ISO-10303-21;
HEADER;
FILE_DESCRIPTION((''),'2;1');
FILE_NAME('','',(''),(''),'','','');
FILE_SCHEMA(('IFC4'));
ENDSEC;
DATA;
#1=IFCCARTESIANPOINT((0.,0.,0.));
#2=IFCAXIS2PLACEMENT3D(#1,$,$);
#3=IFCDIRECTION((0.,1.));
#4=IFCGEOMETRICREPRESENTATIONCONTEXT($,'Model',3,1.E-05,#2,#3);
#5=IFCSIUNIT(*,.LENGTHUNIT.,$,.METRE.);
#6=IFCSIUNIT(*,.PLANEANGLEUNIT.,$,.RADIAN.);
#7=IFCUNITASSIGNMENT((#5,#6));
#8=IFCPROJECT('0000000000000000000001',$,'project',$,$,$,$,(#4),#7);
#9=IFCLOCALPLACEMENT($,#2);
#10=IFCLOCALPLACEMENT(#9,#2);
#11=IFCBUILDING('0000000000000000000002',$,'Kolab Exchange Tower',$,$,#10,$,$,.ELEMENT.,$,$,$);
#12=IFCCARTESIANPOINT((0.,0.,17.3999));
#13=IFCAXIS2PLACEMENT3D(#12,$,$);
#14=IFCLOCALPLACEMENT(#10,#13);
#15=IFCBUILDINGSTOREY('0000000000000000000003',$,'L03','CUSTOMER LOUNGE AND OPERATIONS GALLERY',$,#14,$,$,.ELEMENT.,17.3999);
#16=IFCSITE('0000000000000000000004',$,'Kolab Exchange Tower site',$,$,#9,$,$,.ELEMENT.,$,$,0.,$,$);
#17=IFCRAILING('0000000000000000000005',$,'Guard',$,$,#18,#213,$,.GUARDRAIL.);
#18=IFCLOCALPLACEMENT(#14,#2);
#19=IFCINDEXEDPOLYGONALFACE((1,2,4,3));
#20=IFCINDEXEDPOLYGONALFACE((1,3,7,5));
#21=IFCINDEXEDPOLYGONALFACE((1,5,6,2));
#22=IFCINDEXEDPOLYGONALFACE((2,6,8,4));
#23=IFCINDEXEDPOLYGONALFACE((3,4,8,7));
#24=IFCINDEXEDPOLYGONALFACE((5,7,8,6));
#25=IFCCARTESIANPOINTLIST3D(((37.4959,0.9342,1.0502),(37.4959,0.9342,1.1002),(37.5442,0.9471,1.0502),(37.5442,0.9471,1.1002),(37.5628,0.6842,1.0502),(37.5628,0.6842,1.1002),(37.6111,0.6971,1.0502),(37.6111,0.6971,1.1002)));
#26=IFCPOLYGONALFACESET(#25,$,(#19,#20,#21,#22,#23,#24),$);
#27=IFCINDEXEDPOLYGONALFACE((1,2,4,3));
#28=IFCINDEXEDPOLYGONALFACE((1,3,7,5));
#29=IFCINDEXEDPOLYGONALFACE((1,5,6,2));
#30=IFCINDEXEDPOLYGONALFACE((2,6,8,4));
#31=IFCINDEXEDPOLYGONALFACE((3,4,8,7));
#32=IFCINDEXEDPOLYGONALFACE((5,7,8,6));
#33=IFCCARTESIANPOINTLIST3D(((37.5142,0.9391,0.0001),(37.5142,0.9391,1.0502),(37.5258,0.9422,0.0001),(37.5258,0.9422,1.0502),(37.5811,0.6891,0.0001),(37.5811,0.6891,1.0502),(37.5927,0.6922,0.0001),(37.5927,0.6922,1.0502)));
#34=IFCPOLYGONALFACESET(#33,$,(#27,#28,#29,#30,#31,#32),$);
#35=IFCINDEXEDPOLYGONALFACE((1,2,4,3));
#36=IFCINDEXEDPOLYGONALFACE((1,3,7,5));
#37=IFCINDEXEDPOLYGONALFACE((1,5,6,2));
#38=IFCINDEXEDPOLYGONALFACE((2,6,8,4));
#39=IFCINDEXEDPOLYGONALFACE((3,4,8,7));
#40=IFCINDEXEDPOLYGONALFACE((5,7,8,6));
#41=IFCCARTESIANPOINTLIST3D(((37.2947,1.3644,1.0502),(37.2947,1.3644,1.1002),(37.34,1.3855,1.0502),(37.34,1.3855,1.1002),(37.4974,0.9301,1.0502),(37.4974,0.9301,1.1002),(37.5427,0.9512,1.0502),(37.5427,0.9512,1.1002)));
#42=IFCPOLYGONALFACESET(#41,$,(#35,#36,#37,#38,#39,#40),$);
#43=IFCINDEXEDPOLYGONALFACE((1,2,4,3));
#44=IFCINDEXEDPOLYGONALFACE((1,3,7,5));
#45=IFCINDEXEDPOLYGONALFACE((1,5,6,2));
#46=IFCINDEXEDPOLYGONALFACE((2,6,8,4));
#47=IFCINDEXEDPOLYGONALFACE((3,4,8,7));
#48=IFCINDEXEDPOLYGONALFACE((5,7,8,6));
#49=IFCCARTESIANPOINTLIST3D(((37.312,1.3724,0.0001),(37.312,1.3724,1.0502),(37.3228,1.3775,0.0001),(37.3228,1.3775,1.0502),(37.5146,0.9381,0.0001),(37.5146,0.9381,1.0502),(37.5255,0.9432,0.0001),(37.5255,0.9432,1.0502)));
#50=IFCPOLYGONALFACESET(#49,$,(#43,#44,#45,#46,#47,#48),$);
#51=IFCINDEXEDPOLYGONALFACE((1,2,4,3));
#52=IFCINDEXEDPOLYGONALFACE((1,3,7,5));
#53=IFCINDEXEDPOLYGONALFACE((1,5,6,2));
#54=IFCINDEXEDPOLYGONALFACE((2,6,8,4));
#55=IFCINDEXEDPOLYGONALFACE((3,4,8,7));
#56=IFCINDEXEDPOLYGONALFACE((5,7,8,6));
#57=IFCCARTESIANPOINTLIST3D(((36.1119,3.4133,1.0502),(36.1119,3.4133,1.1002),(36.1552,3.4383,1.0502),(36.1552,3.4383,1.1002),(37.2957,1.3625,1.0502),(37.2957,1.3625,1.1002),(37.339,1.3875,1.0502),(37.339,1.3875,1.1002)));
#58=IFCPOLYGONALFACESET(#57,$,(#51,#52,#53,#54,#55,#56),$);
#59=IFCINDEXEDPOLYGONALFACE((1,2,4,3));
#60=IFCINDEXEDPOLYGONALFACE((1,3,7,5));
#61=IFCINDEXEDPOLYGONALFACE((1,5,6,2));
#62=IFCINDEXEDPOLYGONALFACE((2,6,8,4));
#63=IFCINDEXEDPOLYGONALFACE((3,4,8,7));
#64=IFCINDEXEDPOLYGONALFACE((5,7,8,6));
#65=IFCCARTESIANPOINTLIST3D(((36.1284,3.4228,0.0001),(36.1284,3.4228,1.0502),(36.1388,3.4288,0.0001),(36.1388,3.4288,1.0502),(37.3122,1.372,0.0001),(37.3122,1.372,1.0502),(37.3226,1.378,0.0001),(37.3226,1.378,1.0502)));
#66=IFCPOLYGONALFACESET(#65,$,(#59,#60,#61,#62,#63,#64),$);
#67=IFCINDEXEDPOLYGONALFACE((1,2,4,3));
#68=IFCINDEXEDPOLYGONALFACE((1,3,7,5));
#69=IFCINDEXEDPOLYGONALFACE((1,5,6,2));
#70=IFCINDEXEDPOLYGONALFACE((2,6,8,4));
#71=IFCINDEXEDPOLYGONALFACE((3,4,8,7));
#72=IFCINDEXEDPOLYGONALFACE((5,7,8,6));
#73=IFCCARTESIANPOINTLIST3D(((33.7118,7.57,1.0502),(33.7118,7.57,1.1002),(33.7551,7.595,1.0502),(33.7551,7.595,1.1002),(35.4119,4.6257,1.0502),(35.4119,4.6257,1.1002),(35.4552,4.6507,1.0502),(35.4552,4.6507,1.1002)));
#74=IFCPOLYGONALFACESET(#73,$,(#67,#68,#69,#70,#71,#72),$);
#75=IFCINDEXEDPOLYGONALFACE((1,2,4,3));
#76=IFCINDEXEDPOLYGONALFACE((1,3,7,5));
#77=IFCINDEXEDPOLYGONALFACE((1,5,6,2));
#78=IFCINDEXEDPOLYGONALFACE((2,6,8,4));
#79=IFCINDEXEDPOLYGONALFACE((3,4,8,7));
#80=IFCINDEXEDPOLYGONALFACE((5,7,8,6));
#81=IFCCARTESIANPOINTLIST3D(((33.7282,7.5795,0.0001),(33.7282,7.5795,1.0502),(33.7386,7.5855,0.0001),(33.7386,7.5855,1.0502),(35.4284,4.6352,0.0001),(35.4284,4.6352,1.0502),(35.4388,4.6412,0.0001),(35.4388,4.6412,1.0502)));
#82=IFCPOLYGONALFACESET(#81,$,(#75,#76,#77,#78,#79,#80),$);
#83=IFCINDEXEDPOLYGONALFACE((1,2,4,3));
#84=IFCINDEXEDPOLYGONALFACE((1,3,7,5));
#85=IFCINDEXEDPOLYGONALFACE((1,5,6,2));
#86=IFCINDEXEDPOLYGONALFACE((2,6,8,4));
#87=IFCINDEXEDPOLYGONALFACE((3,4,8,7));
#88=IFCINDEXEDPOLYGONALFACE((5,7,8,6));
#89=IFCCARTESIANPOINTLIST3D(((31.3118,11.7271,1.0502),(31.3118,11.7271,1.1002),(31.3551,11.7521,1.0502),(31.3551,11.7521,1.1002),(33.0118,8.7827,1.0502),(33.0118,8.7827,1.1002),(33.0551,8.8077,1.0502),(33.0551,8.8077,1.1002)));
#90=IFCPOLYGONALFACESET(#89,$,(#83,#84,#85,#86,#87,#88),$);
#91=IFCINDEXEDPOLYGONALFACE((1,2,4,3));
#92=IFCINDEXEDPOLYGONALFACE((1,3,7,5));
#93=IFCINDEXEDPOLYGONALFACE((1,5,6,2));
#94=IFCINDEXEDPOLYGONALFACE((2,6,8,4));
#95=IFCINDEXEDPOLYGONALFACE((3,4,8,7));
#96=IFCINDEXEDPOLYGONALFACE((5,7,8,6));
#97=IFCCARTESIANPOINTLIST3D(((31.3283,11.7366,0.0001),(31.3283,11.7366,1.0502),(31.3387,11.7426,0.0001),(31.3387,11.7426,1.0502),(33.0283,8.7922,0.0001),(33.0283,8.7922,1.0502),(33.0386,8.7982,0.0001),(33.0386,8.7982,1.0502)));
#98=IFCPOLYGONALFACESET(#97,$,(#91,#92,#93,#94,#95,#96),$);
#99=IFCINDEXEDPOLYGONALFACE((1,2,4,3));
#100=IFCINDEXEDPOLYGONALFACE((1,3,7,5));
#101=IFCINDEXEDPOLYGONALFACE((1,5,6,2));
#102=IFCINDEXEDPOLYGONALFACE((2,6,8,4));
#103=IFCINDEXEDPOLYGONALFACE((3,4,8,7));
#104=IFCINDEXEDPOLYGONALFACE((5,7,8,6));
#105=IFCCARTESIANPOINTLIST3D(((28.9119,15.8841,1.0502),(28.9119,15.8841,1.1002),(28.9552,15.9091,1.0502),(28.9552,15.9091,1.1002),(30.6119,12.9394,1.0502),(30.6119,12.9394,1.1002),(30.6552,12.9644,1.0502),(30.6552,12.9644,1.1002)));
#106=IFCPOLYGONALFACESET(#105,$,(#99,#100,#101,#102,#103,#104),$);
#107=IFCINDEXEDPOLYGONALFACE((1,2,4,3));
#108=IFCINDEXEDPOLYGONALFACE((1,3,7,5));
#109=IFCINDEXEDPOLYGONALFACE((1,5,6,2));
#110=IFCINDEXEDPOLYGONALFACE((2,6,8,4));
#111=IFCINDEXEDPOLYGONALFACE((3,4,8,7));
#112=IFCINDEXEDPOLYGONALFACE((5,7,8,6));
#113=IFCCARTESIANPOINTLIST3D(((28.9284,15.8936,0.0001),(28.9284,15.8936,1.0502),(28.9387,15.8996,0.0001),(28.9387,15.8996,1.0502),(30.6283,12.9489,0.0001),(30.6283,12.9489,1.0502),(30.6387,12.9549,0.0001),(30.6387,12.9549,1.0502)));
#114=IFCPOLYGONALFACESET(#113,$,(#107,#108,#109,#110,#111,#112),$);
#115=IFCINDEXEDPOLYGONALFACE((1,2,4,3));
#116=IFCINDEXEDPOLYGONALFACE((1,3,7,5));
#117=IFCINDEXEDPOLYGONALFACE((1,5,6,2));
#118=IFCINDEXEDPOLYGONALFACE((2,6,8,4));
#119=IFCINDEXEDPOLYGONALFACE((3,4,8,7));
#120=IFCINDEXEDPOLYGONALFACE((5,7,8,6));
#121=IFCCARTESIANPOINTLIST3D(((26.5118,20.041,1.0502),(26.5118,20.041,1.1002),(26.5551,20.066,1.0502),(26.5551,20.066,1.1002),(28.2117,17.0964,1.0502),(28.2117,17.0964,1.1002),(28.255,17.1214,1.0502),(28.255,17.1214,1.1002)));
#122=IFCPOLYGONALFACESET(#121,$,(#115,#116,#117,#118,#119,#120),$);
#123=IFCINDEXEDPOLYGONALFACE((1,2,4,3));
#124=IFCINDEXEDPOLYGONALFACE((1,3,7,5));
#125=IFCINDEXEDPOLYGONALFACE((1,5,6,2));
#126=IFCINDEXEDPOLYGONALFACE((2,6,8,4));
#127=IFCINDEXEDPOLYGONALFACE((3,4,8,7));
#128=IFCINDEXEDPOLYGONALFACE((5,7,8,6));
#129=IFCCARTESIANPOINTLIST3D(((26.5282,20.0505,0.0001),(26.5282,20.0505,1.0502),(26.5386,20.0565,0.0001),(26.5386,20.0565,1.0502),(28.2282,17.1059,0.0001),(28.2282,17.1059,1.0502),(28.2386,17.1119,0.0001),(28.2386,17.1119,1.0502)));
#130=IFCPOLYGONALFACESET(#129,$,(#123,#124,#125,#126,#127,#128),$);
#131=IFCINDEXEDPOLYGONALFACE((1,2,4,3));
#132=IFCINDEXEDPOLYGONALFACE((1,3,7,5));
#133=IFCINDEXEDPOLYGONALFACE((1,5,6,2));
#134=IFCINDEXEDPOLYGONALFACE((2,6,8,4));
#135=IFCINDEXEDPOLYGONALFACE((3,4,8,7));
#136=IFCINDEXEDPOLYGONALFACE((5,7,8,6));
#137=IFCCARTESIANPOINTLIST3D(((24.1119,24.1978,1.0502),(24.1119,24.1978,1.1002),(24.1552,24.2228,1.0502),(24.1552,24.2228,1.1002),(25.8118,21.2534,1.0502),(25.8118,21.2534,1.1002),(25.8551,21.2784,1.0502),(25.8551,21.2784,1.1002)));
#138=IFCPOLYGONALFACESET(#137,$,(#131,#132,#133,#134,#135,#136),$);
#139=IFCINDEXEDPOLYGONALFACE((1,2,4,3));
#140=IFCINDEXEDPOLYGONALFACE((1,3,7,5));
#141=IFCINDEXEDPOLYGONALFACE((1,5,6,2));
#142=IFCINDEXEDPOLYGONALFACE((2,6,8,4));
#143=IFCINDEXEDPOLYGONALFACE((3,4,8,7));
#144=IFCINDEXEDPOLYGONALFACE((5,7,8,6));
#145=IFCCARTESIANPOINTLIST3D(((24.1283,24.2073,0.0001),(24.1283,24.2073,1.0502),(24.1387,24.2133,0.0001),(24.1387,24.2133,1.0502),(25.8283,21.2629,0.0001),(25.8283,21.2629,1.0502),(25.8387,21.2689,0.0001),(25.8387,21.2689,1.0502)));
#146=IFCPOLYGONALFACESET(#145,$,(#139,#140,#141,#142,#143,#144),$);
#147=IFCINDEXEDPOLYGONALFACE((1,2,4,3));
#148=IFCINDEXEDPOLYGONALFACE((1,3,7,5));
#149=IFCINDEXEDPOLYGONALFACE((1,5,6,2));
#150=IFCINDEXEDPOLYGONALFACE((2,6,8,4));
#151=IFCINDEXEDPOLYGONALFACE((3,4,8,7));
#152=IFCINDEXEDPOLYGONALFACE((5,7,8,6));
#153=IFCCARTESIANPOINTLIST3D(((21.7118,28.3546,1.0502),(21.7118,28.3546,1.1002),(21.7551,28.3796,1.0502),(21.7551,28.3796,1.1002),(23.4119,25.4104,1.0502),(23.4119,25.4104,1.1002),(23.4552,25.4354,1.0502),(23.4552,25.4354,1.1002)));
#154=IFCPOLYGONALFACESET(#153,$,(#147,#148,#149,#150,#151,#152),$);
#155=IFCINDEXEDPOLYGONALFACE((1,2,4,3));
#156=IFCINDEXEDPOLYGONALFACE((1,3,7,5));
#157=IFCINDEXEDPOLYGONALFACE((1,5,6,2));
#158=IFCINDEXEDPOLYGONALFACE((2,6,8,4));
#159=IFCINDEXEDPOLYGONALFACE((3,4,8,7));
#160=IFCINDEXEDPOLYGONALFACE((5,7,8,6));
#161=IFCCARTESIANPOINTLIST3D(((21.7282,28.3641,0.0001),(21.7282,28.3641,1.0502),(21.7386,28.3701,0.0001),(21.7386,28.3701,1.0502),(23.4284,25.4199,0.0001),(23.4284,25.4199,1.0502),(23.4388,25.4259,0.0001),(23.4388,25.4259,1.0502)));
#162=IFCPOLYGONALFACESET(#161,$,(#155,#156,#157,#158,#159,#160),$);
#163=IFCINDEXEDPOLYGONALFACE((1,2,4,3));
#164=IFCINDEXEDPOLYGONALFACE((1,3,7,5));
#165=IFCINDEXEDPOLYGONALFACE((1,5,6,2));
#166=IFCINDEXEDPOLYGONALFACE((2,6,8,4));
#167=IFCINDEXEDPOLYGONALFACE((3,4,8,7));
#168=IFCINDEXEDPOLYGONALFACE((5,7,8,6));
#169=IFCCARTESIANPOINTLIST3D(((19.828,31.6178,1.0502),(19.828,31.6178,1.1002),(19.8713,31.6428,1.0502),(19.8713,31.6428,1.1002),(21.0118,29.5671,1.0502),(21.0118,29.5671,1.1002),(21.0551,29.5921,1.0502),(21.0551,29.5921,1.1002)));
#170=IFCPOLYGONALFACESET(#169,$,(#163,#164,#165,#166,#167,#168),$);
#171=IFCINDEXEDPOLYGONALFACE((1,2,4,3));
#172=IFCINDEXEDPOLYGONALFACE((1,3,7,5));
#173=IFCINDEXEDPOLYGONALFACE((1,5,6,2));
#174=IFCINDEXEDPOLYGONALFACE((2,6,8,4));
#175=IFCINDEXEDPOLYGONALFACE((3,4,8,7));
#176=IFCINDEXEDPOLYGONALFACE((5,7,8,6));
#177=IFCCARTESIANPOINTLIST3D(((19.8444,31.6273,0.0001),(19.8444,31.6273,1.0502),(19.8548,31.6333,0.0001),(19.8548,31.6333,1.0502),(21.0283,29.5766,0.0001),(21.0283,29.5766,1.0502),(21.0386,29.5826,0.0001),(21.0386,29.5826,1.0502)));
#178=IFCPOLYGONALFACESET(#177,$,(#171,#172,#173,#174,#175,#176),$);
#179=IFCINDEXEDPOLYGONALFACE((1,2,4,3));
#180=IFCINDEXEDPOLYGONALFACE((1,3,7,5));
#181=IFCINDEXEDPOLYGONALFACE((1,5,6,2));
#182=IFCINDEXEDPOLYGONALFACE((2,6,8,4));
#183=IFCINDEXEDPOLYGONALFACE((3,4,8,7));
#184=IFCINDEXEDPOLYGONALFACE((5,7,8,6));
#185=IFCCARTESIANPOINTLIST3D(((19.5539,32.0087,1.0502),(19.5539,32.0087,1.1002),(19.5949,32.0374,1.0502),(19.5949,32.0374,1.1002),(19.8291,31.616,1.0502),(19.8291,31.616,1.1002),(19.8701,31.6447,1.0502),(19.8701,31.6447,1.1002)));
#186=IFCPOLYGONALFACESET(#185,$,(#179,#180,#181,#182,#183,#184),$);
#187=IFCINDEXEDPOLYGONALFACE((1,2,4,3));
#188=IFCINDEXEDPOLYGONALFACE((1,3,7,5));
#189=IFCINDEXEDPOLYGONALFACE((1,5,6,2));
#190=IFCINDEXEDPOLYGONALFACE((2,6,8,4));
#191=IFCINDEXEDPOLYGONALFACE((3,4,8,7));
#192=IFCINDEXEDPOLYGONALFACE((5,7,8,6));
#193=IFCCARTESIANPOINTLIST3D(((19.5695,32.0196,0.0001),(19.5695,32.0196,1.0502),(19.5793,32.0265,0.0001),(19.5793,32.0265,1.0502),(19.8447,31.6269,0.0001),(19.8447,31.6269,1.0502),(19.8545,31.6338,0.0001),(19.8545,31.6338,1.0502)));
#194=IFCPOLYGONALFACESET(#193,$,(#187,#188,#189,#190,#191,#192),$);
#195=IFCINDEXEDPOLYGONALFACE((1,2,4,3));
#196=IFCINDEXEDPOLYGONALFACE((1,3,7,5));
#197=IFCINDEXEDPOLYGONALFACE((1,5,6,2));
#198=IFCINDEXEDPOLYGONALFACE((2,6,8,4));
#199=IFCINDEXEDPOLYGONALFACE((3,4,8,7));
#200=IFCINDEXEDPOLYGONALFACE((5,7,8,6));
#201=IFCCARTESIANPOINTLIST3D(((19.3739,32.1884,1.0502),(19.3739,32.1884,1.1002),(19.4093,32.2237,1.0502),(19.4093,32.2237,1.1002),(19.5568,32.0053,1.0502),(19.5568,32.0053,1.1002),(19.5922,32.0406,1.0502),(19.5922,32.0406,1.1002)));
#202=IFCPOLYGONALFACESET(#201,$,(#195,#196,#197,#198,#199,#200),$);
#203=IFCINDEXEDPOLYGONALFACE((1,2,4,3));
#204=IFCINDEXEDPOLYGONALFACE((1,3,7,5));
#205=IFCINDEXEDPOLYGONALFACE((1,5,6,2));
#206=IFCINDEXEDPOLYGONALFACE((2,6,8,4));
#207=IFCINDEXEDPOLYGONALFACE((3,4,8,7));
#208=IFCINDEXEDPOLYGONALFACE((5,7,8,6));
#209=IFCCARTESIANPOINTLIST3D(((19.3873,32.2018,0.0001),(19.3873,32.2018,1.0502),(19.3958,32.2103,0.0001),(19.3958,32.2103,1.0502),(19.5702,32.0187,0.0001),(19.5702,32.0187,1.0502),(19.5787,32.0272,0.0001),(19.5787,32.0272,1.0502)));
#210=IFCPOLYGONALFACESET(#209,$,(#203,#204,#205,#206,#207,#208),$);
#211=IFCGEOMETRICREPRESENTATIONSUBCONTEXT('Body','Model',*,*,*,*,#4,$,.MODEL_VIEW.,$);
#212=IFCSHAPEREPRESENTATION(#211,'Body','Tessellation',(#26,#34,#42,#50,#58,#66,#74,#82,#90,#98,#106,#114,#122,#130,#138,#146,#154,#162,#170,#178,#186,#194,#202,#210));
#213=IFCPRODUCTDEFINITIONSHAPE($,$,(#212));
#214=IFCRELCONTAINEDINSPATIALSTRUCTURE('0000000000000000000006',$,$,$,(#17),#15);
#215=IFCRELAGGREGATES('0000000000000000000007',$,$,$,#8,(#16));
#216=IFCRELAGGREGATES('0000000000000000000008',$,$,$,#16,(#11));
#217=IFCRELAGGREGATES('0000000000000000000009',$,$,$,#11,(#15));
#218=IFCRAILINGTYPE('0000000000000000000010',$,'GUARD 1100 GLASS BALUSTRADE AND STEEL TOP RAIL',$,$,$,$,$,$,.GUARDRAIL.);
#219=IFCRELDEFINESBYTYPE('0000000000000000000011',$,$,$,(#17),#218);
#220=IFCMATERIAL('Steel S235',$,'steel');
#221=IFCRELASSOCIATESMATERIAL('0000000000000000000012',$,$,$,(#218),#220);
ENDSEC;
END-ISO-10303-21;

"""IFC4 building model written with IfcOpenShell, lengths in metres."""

from ifc_helpers import new_model, si_unit, direction, frame, frame_2d, origin, origin_2d, place, context, subcontext, project, spatial, rectangle, extrude, material, type_object, element, save


model = new_model("IFC4")

# Units and contexts
model_context = context("Model", 3, precision=1e-05, world=origin(), true_north=direction((0.0, 1.0)))
body_context = subcontext(model_context, "Body", "Model", "MODEL_VIEW")
ifc_project = project(units=[si_unit("LENGTHUNIT", "METRE"), si_unit("PLANEANGLEUNIT", "RADIAN")], contexts=[model_context])

# Site, building, storey
site_placement = place(None, origin())
site = spatial("IfcSite", under=ifc_project, at=site_placement, Name="Kolab Exchange Tower site", CompositionType="ELEMENT", RefElevation=0.0)
building_placement = place(site_placement, origin())
building = spatial("IfcBuilding", under=site, at=building_placement, Name="Kolab Exchange Tower", CompositionType="ELEMENT")
storey_placement = place(building_placement, frame((0.0, 0.0, 17.3999)))
storey = spatial("IfcBuildingStorey", under=building, at=storey_placement, Name="L03", Description="CUSTOMER LOUNGE AND OPERATIONS GALLERY", CompositionType="ELEMENT", Elevation=17.3999)

# Railing
ifc_material_1 = material(Name="Steel S235", Category="steel")
railing_type_1 = type_object("IfcRailingType", Name="GUARD 1100 GLASS BALUSTRADE AND STEEL TOP RAIL", PredefinedType="GUARDRAIL", material=ifc_material_1)
railing_1_placement = place(storey_placement, frame((37.5869, 0.6907, 0.0)))
element("IfcRailing", 1, at=railing_1_placement, inside=storey, type_object=railing_type_1, Name="Guard", PredefinedType="GUARDRAIL", context=body_context, shape_type="SweptSolid", body=[
    extrude(rectangle(XDim=0.05, YDim=0.05, at=origin_2d()), frame((0.0, 0.0, 1.0752), z_axis=(-0.258485, 0.966015, 0.0), x_axis=(-0.966015, -0.258485, 0.0)), (0.0, 0.0, 1.0), 0.2588),
    extrude(rectangle(XDim=0.012, YDim=1.0501, at=frame_2d((0.0, 0.5251))), frame((0.0, 0.0, 0.0), z_axis=(-0.258485, 0.966015, 0.0), x_axis=(-0.966015, -0.258485, 0.0)), (0.0, 0.0, 1.0), 0.2588),
    extrude(rectangle(XDim=0.05, YDim=0.05, at=origin_2d()), frame((-0.0669, 0.25, 1.0752), z_axis=(-0.422802, 0.906222, 0.0), x_axis=(-0.906222, -0.422802, 0.0)), (0.0, 0.0, 1.0), 0.4792),
    extrude(rectangle(XDim=0.012, YDim=1.0501, at=frame_2d((0.0, 0.5251))), frame((-0.0669, 0.25, 0.0), z_axis=(-0.422802, 0.906222, 0.0), x_axis=(-0.906222, -0.422802, 0.0)), (0.0, 0.0, 1.0), 0.4792),
    extrude(rectangle(XDim=0.05, YDim=0.05, at=origin_2d()), frame((-0.2695, 0.6843, 1.0752), z_axis=(-0.499943, 0.866059, 0.0), x_axis=(-0.866059, -0.499943, 0.0)), (0.0, 0.0, 1.0), 2.3679),
    extrude(rectangle(XDim=0.012, YDim=1.0501, at=frame_2d((0.0, 0.5251))), frame((-0.2695, 0.6843, 0.0), z_axis=(-0.499943, 0.866059, 0.0), x_axis=(-0.866059, -0.499943, 0.0)), (0.0, 0.0, 1.0), 2.3679),
    extrude(rectangle(XDim=0.05, YDim=0.05, at=origin_2d()), frame((-2.1533, 3.9475, 1.0752), z_axis=(-0.500062, 0.865989, 0.0), x_axis=(-0.865989, -0.500062, 0.0)), (0.0, 0.0, 1.0), 3.3999),
    extrude(rectangle(XDim=0.012, YDim=1.0501, at=frame_2d((0.0, 0.5251))), frame((-2.1533, 3.9475, 0.0), z_axis=(-0.500062, 0.865989, 0.0), x_axis=(-0.865989, -0.500062, 0.0)), (0.0, 0.0, 1.0), 3.3999),
    extrude(rectangle(XDim=0.05, YDim=0.05, at=origin_2d()), frame((-4.5535, 8.1045, 1.0752), z_axis=(-0.500008, 0.866021, 0.0), x_axis=(-0.866021, -0.500008, 0.0)), (0.0, 0.0, 1.0), 3.3999),
    extrude(rectangle(XDim=0.012, YDim=1.0501, at=frame_2d((0.0, 0.5251))), frame((-4.5535, 8.1045, 0.0), z_axis=(-0.500008, 0.866021, 0.0), x_axis=(-0.866021, -0.500008, 0.0)), (0.0, 0.0, 1.0), 3.3999),
    extrude(rectangle(XDim=0.05, YDim=0.05, at=origin_2d()), frame((-6.9534, 12.2612, 1.0752), z_axis=(-0.499977, 0.866039, 0.0), x_axis=(-0.866039, -0.499977, 0.0)), (0.0, 0.0, 1.0), 3.4001),
    extrude(rectangle(XDim=0.012, YDim=1.0501, at=frame_2d((0.0, 0.5251))), frame((-6.9534, 12.2612, 0.0), z_axis=(-0.499977, 0.866039, 0.0), x_axis=(-0.866039, -0.499977, 0.0)), (0.0, 0.0, 1.0), 3.4001),
    extrude(rectangle(XDim=0.05, YDim=0.05, at=origin_2d()), frame((-9.3535, 16.4182, 1.0752), z_axis=(-0.499977, 0.866039, 0.0), x_axis=(-0.866039, -0.499977, 0.0)), (0.0, 0.0, 1.0), 3.4001),
    extrude(rectangle(XDim=0.012, YDim=1.0501, at=frame_2d((0.0, 0.5251))), frame((-9.3535, 16.4182, 0.0), z_axis=(-0.499977, 0.866039, 0.0), x_axis=(-0.866039, -0.499977, 0.0)), (0.0, 0.0, 1.0), 3.4001),
    extrude(rectangle(XDim=0.05, YDim=0.05, at=origin_2d()), frame((-11.7534, 20.5752, 1.0752), z_axis=(-0.500008, 0.866021, 0.0), x_axis=(-0.866021, -0.500008, 0.0)), (0.0, 0.0, 1.0), 3.3999),
    extrude(rectangle(XDim=0.012, YDim=1.0501, at=frame_2d((0.0, 0.5251))), frame((-11.7534, 20.5752, 0.0), z_axis=(-0.500008, 0.866021, 0.0), x_axis=(-0.866021, -0.500008, 0.0)), (0.0, 0.0, 1.0), 3.3999),
    extrude(rectangle(XDim=0.05, YDim=0.05, at=origin_2d()), frame((-14.1533, 24.7322, 1.0752), z_axis=(-0.500062, 0.865989, 0.0), x_axis=(-0.865989, -0.500062, 0.0)), (0.0, 0.0, 1.0), 3.3999),
    extrude(rectangle(XDim=0.012, YDim=1.0501, at=frame_2d((0.0, 0.5251))), frame((-14.1533, 24.7322, 0.0), z_axis=(-0.500062, 0.865989, 0.0), x_axis=(-0.865989, -0.500062, 0.0)), (0.0, 0.0, 1.0), 3.3999),
    extrude(rectangle(XDim=0.05, YDim=0.05, at=origin_2d()), frame((-16.5535, 28.8889, 1.0752), z_axis=(-0.499943, 0.866059, 0.0), x_axis=(-0.866059, -0.499943, 0.0)), (0.0, 0.0, 1.0), 2.3679),
    extrude(rectangle(XDim=0.012, YDim=1.0501, at=frame_2d((0.0, 0.5251))), frame((-16.5535, 28.8889, 0.0), z_axis=(-0.499943, 0.866059, 0.0), x_axis=(-0.866059, -0.499943, 0.0)), (0.0, 0.0, 1.0), 2.3679),
    extrude(rectangle(XDim=0.05, YDim=0.05, at=origin_2d()), frame((-17.7373, 30.9397, 1.0752), z_axis=(-0.573941, 0.818897, 0.0), x_axis=(-0.818897, -0.573941, 0.0)), (0.0, 0.0, 1.0), 0.4795),
    extrude(rectangle(XDim=0.012, YDim=1.0501, at=frame_2d((0.0, 0.5251))), frame((-17.7373, 30.9397, 0.0), z_axis=(-0.573941, 0.818897, 0.0), x_axis=(-0.818897, -0.573941, 0.0)), (0.0, 0.0, 1.0), 0.4795),
    extrude(rectangle(XDim=0.05, YDim=0.05, at=origin_2d()), frame((-18.0125, 31.3323, 1.0752), z_axis=(-0.706635, 0.707578, 0.0), x_axis=(-0.707578, -0.706635, 0.0)), (0.0, 0.0, 1.0), 0.2588),
    extrude(rectangle(XDim=0.012, YDim=1.0501, at=frame_2d((0.0, 0.5251))), frame((-18.0125, 31.3323, 0.0), z_axis=(-0.706635, 0.707578, 0.0), x_axis=(-0.707578, -0.706635, 0.0)), (0.0, 0.0, 1.0), 0.2588),
])

save(model, "model.ifc")
